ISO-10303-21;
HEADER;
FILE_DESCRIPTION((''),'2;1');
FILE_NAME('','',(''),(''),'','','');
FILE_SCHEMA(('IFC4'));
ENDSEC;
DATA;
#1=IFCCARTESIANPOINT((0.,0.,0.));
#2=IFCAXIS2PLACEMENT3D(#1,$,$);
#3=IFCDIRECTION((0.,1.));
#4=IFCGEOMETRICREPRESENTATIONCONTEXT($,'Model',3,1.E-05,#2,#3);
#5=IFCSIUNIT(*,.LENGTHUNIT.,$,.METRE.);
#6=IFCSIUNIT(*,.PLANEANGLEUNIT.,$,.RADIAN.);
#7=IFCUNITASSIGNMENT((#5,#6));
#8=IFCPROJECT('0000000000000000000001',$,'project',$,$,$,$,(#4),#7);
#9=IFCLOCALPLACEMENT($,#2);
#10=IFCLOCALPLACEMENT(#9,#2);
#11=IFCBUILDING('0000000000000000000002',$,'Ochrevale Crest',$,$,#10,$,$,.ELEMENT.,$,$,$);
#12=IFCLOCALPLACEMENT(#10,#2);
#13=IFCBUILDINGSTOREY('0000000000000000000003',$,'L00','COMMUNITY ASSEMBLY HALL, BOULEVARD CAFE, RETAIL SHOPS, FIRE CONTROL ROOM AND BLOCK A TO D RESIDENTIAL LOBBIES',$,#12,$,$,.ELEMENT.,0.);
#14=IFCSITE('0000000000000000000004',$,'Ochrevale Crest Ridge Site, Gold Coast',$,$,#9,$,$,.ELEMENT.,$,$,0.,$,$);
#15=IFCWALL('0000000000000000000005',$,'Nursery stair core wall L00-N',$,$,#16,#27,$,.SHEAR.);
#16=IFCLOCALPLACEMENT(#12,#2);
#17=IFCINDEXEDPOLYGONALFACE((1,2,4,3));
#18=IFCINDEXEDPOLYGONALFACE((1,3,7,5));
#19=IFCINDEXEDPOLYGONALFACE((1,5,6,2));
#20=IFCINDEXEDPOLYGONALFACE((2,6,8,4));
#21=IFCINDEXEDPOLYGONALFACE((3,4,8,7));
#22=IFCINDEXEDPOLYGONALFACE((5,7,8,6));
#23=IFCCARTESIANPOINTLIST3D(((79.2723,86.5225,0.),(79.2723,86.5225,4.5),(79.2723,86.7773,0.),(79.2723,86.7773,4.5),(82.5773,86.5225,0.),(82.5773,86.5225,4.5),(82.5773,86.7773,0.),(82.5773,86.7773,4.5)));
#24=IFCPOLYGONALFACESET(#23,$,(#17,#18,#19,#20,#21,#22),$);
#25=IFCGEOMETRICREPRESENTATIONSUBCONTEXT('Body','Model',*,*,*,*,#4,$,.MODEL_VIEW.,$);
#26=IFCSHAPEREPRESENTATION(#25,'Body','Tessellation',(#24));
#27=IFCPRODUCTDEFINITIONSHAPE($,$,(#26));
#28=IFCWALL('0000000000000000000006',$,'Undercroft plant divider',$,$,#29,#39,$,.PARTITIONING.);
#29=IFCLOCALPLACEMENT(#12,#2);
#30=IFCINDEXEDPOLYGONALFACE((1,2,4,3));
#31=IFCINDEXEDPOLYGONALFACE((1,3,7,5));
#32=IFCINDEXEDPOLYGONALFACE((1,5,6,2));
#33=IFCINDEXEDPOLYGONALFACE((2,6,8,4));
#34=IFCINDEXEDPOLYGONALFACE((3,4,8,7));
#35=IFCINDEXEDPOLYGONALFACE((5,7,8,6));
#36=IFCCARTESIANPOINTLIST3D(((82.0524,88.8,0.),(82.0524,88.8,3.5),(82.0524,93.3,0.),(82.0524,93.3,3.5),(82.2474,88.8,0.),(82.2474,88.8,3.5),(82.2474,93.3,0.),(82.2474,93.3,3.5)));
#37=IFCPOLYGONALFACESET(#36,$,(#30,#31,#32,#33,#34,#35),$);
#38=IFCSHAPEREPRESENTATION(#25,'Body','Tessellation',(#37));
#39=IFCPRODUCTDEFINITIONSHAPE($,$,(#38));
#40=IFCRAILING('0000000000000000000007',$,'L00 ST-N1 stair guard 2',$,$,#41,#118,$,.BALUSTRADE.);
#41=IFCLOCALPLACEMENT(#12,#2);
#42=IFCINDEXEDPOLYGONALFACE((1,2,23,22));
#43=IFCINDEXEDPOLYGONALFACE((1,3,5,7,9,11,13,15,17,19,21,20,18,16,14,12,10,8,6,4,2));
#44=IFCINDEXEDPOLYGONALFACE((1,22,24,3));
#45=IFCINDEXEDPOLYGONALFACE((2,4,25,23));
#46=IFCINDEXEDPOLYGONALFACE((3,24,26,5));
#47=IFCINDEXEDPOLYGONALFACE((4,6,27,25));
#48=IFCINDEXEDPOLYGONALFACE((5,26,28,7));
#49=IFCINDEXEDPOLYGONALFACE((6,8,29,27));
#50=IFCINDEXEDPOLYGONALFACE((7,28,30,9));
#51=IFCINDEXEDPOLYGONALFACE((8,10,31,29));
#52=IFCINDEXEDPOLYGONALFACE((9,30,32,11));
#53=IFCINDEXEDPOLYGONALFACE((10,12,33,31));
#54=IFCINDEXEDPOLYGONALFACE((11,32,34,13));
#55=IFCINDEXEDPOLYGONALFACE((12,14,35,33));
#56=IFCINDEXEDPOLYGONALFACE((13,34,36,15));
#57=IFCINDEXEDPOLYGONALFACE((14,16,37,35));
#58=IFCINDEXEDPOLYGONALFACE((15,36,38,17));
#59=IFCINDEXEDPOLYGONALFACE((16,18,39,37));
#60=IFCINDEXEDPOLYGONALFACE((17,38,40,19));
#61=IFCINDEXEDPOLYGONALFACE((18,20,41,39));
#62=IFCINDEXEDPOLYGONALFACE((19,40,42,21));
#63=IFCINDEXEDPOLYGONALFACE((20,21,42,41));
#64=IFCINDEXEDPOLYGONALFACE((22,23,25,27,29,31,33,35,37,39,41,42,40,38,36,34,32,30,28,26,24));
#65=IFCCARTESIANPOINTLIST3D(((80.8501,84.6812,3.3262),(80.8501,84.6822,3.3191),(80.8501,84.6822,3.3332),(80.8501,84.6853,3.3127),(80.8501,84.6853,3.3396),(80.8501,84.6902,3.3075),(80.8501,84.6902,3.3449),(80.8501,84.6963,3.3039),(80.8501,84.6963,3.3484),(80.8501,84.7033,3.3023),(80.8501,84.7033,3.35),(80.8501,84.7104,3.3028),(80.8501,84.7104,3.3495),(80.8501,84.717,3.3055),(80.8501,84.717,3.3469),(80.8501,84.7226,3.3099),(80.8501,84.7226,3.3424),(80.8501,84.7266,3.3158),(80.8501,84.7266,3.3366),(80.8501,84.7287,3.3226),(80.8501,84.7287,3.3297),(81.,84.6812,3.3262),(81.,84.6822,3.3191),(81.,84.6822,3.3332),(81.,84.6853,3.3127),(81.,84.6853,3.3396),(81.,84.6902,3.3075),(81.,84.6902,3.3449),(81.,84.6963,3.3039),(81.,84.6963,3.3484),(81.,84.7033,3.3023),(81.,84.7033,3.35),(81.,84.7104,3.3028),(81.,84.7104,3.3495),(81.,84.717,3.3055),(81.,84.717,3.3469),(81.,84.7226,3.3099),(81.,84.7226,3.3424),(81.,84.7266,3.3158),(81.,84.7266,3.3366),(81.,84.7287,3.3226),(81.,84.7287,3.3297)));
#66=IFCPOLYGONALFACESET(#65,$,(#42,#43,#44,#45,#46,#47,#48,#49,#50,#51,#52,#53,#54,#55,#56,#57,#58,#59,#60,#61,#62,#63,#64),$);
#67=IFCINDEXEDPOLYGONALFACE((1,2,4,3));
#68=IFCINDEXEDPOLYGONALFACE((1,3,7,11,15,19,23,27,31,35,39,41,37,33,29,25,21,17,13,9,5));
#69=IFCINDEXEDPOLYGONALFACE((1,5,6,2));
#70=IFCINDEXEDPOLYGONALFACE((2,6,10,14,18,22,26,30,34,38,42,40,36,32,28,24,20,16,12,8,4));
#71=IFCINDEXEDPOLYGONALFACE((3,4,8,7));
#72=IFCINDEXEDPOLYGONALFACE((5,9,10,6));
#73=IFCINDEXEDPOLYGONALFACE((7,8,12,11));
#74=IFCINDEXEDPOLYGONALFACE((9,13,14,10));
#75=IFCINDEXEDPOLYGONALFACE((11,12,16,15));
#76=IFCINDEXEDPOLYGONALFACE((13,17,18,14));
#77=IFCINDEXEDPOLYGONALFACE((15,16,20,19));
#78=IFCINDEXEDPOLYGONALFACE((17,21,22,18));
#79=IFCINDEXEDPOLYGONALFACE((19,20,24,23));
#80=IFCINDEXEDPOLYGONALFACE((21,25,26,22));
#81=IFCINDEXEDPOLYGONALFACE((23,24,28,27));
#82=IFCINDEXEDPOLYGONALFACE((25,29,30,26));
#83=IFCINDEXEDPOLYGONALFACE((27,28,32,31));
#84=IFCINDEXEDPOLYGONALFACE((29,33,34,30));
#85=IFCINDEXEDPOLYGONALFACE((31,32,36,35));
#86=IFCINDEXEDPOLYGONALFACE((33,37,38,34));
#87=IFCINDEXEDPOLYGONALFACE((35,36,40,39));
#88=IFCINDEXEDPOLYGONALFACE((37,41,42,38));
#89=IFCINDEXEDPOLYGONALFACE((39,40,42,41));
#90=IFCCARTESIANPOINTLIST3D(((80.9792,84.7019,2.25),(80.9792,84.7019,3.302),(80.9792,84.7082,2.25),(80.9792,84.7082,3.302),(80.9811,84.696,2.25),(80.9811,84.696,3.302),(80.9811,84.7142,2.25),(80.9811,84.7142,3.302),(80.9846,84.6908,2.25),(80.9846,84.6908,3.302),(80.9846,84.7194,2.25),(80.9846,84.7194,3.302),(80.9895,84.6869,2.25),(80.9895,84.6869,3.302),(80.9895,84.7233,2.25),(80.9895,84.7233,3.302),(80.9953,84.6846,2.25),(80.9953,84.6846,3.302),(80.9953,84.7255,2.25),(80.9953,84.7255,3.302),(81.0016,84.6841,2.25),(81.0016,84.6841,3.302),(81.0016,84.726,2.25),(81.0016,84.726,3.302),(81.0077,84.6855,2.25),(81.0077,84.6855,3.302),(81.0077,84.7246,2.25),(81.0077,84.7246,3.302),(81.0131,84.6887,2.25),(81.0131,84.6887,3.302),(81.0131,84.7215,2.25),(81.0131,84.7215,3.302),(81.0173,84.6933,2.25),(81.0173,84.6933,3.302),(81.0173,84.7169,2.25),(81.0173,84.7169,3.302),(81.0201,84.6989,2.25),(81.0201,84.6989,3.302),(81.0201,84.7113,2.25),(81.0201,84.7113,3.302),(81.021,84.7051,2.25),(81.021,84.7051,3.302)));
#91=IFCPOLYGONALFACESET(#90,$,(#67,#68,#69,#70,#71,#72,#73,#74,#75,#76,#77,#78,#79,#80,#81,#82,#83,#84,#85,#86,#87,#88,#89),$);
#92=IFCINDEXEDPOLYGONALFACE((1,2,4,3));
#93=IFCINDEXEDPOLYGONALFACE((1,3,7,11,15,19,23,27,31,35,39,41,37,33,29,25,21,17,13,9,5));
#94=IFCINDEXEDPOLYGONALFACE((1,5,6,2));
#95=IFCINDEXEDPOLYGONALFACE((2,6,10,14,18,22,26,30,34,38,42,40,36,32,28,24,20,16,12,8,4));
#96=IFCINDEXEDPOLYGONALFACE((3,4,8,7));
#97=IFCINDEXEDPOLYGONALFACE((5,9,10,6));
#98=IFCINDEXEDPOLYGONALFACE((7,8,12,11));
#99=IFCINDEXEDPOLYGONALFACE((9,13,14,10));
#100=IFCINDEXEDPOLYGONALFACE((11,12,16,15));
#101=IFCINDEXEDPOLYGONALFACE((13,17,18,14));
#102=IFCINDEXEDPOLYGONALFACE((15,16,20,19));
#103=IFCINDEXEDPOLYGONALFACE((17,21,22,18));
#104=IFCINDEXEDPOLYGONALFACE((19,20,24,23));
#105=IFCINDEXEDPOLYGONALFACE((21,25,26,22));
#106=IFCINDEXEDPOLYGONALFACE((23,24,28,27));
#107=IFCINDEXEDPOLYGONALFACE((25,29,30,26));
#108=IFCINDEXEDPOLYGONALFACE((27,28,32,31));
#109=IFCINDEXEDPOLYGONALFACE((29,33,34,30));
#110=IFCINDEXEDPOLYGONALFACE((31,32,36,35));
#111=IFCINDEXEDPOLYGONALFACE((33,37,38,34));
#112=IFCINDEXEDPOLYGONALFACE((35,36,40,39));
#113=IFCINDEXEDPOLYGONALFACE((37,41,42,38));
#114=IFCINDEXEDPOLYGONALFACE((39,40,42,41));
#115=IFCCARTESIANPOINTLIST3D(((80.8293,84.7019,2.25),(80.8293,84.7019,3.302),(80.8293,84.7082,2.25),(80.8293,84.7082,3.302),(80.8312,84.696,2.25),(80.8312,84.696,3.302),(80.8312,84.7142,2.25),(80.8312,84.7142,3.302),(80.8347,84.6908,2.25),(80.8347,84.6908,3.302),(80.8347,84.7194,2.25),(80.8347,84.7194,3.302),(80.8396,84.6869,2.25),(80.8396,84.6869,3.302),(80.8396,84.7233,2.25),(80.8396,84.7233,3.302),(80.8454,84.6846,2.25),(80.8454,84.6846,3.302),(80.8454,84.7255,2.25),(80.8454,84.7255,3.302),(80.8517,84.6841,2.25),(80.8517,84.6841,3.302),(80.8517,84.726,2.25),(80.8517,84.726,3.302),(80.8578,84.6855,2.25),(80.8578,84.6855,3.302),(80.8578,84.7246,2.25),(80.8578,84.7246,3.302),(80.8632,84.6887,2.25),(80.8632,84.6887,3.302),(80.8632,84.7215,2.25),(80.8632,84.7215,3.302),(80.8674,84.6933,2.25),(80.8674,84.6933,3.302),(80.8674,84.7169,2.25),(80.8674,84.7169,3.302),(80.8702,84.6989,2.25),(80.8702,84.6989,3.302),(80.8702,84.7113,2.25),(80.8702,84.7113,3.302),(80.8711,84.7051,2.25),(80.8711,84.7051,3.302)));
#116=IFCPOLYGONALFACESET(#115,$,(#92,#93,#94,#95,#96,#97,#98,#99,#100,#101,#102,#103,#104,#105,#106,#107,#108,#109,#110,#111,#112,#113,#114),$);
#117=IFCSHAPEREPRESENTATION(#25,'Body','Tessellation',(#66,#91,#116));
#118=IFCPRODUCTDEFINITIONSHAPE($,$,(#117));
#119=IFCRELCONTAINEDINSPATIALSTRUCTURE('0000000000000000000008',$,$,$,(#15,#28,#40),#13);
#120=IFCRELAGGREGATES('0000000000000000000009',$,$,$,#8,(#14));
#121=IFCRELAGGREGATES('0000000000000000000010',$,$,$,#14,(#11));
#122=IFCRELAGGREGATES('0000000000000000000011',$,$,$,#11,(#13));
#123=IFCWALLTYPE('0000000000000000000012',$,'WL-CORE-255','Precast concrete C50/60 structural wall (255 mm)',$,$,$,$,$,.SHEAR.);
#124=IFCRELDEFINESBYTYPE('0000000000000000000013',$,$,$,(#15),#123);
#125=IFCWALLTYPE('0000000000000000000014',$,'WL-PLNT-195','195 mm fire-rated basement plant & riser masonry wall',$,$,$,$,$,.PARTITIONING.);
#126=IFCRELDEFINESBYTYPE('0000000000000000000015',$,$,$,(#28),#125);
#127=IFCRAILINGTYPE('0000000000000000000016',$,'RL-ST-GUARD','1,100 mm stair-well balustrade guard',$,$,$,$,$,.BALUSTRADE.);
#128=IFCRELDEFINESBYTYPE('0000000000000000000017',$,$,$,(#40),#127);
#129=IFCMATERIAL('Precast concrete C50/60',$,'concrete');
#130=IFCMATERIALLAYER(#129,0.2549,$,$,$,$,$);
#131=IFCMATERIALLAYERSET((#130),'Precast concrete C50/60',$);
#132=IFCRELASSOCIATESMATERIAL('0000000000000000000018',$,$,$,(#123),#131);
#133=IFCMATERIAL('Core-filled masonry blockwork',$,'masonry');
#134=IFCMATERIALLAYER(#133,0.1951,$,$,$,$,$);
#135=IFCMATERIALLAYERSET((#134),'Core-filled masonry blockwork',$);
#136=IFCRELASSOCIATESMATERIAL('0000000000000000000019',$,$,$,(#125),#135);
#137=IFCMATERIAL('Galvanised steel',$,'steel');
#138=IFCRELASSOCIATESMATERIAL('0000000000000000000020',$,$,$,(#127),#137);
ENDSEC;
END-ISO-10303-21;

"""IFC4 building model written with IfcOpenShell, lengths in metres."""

from ifc_helpers import new_model, si_unit, direction, frame, frame_2d, origin, origin_2d, place, context, subcontext, project, spatial, rectangle, circle, extrude, material, layer, layer_set, type_object, element, save


model = new_model("IFC4")

# Units and contexts
model_context = context("Model", 3, precision=1e-05, world=origin(), true_north=direction((0.0, 1.0)))
body_context = subcontext(model_context, "Body", "Model", "MODEL_VIEW")
ifc_project = project(units=[si_unit("LENGTHUNIT", "METRE"), si_unit("PLANEANGLEUNIT", "RADIAN")], contexts=[model_context])

# Site, building, storey
site_placement = place(None, origin())
site = spatial("IfcSite", under=ifc_project, at=site_placement, Name="Ochrevale Crest Ridge Site, Gold Coast", CompositionType="ELEMENT", RefElevation=0.0)
building_placement = place(site_placement, origin())
building = spatial("IfcBuilding", under=site, at=building_placement, Name="Ochrevale Crest", CompositionType="ELEMENT")
storey_placement = place(building_placement, origin())
storey = spatial("IfcBuildingStorey", under=building, at=storey_placement, Name="L00", Description="COMMUNITY ASSEMBLY HALL, BOULEVARD CAFE, RETAIL SHOPS, FIRE CONTROL ROOM AND BLOCK A TO D RESIDENTIAL LOBBIES", CompositionType="ELEMENT", Elevation=0.0)

# Walls
ifc_material_1 = material(Name="Precast concrete C50/60", Category="concrete")
ifc_layer_1 = layer(ifc_material_1, 0.2549)
ifc_layer_set_1 = layer_set([ifc_layer_1], Name="Precast concrete C50/60")
wall_type_1 = type_object("IfcWallType", Name="WL-CORE-255", Description="Precast concrete C50/60 structural wall (255 mm)", PredefinedType="SHEAR", material=ifc_layer_set_1)
wall_1_placement = place(storey_placement, frame((79.2725, 86.6499, 0.0), z_axis=(0.0, 0.0, 1.0), x_axis=(1.0, 0.0, 0.0)))
element("IfcWall", 1, at=wall_1_placement, inside=storey, type_object=wall_type_1, Name="Nursery stair core wall L00-N", PredefinedType="SHEAR", context=body_context, shape_type="SweptSolid", body=[
    extrude(rectangle(XDim=3.3049, YDim=0.2549, at=frame_2d((1.6523, 0.0))), origin(), (0.0, 0.0, 1.0), 4.5),
])
ifc_material_2 = material(Name="Core-filled masonry blockwork", Category="masonry")
ifc_layer_2 = layer(ifc_material_2, 0.1951)
ifc_layer_set_2 = layer_set([ifc_layer_2], Name="Core-filled masonry blockwork")
wall_type_2 = type_object("IfcWallType", Name="WL-PLNT-195", Description="195 mm fire-rated basement plant & riser masonry wall", PredefinedType="PARTITIONING", material=ifc_layer_set_2)
wall_2_placement = place(storey_placement, frame((82.1499, 88.8, 0.0), z_axis=(0.0, 0.0, 1.0), x_axis=(0.0, 1.0, 0.0)))
element("IfcWall", 2, at=wall_2_placement, inside=storey, type_object=wall_type_2, Name="Undercroft plant divider", PredefinedType="PARTITIONING", context=body_context, shape_type="SweptSolid", body=[
    extrude(rectangle(XDim=4.5, YDim=0.1951, at=frame_2d((2.25, 0.0))), origin(), (0.0, 0.0, 1.0), 3.5),
])

# Railing
ifc_material_3 = material(Name="Galvanised steel", Category="steel")
railing_type_1 = type_object("IfcRailingType", Name="RL-ST-GUARD", Description="1,100 mm stair-well balustrade guard", PredefinedType="BALUSTRADE", material=ifc_material_3)
railing_1_placement = place(storey_placement, frame((81.0, 84.7051, 2.25)))
element("IfcRailing", 3, at=railing_1_placement, inside=storey, type_object=railing_type_1, Name="L00 ST-N1 stair guard 2", PredefinedType="BALUSTRADE", context=body_context, shape_type="SweptSolid", body=[
    extrude(circle(Radius=0.0239, at=origin_2d()), frame((0.0, 0.0, 1.0762), z_axis=(-1.0, 0.0, 0.0), x_axis=(0.0, -1.0, 0.0)), (0.0, 0.0, 1.0), 0.1499),
    extrude(circle(Radius=0.021, at=origin_2d()), origin(), (0.0, 0.0, 1.0), 1.052),
    extrude(circle(Radius=0.021, at=origin_2d()), frame((-0.1499, 0.0, 0.0)), (0.0, 0.0, 1.0), 1.052),
])

save(model, "model.ifc")
